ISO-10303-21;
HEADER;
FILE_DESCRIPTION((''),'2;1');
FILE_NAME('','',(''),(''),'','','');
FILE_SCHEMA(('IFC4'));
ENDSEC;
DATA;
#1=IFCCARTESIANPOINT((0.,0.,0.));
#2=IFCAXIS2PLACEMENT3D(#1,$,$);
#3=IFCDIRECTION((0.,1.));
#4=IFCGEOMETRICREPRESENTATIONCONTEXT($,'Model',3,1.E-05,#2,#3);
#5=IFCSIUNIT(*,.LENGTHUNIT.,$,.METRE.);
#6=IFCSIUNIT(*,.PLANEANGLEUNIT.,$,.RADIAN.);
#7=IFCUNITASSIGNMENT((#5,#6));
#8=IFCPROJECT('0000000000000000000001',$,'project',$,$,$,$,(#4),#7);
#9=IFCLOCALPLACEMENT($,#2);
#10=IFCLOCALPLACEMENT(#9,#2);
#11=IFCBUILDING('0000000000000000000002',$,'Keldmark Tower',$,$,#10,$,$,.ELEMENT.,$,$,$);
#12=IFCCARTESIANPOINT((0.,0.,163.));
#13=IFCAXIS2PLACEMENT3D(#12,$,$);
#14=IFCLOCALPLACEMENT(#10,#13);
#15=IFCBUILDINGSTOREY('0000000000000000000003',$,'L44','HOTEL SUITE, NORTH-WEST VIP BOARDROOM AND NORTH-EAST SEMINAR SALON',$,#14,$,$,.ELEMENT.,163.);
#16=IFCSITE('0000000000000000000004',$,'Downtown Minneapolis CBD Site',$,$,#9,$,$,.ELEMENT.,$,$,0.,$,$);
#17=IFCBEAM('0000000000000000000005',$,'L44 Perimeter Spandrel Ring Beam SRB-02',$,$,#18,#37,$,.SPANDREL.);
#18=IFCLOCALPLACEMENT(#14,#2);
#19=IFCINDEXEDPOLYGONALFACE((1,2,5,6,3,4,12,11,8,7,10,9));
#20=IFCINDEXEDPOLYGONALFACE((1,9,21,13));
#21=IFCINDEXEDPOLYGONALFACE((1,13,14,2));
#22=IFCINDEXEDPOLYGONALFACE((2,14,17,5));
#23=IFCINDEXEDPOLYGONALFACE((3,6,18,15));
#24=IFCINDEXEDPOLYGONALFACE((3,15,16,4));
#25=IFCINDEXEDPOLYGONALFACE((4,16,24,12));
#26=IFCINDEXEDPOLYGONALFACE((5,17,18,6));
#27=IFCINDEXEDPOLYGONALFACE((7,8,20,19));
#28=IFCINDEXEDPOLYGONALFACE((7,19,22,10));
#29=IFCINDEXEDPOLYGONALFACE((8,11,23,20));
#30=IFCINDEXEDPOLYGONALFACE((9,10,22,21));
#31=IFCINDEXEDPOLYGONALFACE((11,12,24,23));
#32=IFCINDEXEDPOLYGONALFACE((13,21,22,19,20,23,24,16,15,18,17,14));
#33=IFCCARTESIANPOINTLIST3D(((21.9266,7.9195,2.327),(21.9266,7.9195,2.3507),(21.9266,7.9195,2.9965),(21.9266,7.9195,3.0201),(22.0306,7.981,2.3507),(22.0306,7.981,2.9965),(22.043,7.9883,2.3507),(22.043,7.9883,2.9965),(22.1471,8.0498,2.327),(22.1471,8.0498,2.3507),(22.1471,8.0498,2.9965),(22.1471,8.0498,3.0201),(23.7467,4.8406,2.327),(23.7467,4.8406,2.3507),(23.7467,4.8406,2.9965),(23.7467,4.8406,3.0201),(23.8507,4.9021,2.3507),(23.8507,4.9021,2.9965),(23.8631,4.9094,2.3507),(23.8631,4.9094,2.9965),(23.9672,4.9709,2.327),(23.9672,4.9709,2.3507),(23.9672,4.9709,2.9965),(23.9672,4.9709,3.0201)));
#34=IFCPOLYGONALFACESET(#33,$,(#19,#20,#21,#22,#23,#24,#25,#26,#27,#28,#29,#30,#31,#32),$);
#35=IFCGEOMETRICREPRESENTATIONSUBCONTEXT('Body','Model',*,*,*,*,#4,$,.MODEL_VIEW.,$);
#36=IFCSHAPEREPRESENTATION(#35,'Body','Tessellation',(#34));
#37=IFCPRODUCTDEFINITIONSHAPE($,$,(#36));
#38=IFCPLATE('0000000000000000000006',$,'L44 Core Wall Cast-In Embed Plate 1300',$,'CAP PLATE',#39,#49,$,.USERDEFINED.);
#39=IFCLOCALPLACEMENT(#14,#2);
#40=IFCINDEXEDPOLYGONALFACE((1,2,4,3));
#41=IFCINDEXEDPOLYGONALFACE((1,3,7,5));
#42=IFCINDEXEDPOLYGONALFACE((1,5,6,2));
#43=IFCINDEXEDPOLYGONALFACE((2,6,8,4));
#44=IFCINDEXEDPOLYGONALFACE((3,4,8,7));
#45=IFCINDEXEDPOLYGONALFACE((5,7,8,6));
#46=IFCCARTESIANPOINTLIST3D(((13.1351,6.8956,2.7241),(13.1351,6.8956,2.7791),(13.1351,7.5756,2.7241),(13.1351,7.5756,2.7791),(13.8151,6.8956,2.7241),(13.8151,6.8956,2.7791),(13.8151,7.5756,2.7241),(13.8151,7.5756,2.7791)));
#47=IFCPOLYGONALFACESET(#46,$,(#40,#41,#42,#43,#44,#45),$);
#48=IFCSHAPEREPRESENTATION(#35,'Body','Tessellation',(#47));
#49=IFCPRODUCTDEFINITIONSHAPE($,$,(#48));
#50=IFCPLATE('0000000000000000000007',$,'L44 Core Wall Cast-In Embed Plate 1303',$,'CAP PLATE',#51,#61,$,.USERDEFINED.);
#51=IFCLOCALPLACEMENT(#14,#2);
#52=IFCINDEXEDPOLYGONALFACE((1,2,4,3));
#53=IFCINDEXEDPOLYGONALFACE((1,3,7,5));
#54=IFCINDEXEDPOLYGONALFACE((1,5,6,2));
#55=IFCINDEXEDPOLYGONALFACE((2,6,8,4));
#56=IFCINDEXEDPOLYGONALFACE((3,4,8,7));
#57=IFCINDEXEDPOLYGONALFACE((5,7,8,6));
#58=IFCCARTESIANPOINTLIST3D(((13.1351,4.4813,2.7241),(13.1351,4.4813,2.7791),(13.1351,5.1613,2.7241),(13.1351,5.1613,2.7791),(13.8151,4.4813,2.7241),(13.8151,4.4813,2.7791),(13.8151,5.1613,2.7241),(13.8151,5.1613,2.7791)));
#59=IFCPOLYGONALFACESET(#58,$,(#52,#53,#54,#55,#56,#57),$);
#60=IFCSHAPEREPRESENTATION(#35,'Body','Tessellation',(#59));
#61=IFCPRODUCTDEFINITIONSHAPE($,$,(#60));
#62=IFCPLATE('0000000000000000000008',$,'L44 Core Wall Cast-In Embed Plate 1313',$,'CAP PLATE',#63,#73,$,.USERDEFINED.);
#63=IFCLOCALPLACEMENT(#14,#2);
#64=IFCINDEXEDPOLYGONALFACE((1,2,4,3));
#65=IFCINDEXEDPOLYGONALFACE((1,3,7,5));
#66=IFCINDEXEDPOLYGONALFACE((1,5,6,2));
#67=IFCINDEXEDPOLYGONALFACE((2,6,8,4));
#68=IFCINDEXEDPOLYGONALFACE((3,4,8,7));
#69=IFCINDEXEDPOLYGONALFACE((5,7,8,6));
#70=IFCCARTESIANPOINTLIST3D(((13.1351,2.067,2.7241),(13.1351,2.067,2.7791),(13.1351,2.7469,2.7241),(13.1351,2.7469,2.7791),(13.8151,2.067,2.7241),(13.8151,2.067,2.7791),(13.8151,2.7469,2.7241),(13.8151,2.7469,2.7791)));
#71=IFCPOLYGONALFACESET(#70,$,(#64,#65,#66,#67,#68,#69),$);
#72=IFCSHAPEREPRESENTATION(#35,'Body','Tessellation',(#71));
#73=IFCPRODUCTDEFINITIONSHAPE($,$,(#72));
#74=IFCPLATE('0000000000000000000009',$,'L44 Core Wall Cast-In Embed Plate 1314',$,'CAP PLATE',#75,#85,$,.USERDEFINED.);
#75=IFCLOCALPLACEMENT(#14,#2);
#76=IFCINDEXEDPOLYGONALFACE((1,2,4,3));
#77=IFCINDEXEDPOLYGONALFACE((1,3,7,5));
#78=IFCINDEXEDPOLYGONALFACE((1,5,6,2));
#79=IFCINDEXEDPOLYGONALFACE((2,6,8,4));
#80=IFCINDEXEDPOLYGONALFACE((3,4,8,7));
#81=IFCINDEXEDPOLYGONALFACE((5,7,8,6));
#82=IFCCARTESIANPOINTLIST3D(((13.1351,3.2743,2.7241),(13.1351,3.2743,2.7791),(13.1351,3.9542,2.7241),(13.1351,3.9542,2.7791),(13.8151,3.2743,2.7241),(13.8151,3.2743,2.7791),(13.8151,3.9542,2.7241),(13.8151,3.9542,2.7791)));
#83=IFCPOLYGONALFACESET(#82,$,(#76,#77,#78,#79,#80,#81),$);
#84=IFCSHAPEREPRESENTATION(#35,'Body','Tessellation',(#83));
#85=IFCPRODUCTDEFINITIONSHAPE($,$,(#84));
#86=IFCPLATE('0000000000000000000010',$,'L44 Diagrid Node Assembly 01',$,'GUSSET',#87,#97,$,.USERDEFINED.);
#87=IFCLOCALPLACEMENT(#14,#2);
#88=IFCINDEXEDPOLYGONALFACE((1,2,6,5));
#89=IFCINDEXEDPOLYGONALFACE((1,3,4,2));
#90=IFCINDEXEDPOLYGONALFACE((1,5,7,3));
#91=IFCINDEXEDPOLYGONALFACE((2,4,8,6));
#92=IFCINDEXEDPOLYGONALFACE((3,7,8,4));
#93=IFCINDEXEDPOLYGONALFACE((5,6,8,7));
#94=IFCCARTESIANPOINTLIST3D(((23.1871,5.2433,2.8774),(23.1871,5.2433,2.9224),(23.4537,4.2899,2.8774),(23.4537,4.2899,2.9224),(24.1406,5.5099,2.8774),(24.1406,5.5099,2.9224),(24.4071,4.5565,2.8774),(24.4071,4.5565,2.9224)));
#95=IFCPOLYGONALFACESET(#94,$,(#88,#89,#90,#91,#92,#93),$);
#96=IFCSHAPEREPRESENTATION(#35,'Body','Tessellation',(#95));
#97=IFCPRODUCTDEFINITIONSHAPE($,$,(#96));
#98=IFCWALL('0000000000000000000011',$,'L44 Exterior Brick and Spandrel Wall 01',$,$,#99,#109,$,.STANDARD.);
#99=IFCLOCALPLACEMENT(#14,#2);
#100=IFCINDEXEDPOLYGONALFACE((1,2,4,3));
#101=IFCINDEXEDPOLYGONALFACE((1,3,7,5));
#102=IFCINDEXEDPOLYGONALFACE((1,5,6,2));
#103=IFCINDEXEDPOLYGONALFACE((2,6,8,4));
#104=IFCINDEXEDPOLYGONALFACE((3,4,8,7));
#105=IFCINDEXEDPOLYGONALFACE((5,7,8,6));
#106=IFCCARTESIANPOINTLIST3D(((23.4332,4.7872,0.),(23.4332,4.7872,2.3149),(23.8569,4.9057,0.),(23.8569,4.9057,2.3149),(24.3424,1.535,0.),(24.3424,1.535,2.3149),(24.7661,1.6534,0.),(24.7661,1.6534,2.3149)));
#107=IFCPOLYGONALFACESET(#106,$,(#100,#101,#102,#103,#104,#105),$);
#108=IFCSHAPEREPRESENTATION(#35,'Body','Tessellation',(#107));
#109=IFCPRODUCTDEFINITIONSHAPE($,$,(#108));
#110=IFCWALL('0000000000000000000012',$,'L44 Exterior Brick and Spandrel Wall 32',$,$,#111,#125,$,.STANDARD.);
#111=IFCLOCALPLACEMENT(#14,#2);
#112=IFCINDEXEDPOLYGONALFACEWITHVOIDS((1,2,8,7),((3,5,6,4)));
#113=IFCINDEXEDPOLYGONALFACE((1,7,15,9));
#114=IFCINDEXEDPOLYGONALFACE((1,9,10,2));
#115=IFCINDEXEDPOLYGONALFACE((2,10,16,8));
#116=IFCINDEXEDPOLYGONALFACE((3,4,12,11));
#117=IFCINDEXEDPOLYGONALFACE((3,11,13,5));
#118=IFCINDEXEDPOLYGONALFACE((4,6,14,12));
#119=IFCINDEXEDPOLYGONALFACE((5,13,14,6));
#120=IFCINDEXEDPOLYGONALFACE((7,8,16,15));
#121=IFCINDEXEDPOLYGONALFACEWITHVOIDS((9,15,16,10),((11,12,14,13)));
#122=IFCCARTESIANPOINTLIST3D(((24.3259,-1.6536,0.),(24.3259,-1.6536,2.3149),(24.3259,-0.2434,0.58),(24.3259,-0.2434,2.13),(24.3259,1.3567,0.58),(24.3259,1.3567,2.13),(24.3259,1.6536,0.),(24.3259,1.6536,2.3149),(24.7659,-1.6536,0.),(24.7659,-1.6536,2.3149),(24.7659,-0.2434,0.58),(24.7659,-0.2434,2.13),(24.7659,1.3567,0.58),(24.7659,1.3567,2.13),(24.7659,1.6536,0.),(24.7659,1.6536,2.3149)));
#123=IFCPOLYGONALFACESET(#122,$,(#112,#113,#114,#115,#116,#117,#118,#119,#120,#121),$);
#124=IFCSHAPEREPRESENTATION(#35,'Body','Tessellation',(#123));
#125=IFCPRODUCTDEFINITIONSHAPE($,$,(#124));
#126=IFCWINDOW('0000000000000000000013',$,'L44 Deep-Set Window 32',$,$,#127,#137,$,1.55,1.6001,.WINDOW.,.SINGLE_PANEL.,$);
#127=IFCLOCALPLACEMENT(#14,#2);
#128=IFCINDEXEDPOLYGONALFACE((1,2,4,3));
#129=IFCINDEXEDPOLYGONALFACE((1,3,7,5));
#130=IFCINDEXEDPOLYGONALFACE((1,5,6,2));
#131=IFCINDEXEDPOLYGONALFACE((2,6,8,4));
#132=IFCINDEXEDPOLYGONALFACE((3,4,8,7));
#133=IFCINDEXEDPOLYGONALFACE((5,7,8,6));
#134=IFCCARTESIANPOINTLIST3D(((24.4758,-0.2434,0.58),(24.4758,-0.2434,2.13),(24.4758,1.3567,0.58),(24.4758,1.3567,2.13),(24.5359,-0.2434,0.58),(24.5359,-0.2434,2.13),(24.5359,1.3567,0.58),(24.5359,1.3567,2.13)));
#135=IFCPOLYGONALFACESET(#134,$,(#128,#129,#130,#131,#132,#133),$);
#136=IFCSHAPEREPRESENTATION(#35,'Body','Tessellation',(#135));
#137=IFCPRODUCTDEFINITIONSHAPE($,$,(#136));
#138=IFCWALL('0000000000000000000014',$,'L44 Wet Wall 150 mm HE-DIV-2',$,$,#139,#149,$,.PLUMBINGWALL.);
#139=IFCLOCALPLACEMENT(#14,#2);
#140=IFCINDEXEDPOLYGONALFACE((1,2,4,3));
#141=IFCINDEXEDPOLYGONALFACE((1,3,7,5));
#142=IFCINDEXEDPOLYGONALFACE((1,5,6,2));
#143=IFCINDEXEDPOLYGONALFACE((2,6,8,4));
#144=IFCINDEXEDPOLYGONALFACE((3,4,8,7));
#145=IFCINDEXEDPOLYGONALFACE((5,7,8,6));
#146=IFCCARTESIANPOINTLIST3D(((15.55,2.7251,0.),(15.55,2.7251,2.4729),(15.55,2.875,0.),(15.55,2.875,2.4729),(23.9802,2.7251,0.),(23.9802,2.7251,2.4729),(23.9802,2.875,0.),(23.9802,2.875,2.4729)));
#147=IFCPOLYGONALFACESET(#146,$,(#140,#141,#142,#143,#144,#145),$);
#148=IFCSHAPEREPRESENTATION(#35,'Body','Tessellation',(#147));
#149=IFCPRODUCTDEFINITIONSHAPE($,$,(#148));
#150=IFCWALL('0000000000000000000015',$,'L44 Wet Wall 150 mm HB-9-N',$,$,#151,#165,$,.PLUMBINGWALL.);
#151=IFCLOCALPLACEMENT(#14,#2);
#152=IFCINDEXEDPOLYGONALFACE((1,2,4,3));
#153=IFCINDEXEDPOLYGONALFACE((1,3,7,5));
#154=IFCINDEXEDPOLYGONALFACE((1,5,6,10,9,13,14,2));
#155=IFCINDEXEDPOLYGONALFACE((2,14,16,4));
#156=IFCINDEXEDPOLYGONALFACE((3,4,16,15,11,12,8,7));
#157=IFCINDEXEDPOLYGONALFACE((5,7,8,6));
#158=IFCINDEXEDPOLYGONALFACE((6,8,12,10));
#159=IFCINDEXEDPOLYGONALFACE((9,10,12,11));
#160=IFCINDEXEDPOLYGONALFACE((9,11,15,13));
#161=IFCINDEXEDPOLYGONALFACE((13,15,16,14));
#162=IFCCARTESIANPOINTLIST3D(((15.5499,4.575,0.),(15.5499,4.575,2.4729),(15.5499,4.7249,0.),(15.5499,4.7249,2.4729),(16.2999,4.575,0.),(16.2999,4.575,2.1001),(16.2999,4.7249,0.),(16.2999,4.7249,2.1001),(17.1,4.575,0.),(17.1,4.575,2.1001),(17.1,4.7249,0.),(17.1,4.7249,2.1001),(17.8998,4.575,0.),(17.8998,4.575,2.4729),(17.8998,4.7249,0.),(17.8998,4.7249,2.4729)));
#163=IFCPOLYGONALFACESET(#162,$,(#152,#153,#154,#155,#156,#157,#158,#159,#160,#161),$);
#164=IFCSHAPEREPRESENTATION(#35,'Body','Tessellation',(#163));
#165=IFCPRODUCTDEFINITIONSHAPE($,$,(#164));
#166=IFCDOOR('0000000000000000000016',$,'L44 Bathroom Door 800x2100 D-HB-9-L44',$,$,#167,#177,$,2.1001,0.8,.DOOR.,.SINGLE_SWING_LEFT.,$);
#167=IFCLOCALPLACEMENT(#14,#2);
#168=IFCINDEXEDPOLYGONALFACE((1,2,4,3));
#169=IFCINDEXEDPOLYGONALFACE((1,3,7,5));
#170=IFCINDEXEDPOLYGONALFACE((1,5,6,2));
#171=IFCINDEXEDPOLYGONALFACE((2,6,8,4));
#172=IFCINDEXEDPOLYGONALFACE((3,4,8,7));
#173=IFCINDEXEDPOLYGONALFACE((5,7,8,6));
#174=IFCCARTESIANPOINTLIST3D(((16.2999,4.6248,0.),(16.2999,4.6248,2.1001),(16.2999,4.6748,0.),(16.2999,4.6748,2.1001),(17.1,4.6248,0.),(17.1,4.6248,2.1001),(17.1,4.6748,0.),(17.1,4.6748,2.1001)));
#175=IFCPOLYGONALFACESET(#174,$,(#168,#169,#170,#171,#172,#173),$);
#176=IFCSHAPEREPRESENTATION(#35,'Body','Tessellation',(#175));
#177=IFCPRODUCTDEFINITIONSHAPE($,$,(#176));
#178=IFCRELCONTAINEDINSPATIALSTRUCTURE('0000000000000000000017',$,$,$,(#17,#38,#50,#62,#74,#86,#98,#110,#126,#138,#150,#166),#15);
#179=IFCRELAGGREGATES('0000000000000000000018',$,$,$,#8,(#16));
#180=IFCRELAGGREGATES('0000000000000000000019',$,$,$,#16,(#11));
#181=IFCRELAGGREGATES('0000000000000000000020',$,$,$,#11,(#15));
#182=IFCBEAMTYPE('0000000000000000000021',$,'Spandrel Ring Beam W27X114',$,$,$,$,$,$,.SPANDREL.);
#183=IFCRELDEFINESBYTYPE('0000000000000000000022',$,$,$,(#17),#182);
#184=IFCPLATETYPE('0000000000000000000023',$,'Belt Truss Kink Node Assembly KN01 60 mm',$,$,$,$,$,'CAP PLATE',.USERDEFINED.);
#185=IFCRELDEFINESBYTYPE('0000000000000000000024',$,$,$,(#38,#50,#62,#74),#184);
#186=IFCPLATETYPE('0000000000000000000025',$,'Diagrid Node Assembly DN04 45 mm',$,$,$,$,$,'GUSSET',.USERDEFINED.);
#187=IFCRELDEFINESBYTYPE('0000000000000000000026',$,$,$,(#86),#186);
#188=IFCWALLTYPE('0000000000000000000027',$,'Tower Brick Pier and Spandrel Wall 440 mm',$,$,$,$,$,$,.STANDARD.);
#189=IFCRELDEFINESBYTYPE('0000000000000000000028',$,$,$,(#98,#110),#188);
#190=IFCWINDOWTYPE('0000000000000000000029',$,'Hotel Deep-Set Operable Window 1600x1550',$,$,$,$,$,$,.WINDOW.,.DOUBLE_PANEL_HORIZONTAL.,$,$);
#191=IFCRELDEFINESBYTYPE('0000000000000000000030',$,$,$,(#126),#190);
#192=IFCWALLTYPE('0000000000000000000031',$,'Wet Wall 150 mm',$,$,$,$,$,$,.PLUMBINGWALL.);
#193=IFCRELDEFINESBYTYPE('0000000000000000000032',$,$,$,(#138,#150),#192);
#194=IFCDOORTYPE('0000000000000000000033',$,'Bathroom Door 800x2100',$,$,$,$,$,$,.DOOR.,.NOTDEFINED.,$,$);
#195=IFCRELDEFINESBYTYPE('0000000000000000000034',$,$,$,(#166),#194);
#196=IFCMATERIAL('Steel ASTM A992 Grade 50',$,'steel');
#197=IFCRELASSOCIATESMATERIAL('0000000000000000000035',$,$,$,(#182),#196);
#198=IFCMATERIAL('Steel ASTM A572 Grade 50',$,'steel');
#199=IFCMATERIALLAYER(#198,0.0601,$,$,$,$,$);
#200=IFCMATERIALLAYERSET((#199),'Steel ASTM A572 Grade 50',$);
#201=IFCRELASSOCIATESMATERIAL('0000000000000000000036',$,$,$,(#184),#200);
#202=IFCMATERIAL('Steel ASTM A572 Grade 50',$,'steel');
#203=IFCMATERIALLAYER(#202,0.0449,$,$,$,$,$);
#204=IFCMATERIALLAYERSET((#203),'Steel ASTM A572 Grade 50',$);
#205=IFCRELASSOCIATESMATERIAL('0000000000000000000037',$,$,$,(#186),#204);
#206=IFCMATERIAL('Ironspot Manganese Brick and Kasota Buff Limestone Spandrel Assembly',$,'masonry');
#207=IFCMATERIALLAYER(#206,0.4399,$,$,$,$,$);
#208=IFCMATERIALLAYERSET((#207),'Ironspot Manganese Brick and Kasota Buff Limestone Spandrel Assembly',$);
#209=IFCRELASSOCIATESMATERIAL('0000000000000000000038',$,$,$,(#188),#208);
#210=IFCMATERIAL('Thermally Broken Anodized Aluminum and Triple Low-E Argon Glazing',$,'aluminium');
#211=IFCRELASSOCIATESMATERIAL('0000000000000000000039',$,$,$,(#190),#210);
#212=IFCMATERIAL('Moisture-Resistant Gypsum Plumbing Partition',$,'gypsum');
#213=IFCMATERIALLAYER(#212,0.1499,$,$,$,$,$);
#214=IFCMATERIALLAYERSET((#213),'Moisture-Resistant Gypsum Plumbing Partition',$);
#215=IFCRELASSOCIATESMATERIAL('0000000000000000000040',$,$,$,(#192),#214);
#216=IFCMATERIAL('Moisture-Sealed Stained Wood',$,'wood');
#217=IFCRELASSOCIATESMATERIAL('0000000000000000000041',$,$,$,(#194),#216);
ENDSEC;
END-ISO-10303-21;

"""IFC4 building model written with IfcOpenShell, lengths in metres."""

from ifc_helpers import new_model, si_unit, direction, frame, frame_2d, origin, origin_2d, place, context, subcontext, project, spatial, rectangle, i_section, extrude, material, layer, layer_set, material_profile, profile_set, type_object, element, fill, save


model = new_model("IFC4")

# Units and contexts
model_context = context("Model", 3, precision=1e-05, world=origin(), true_north=direction((0.0, 1.0)))
body_context = subcontext(model_context, "Body", "Model", "MODEL_VIEW")
ifc_project = project(units=[si_unit("LENGTHUNIT", "METRE"), si_unit("PLANEANGLEUNIT", "RADIAN")], contexts=[model_context])

# Site, building, storey
site_placement = place(None, origin())
site = spatial("IfcSite", under=ifc_project, at=site_placement, Name="Downtown Minneapolis CBD Site", CompositionType="ELEMENT", RefElevation=0.0)
building_placement = place(site_placement, origin())
building = spatial("IfcBuilding", under=site, at=building_placement, Name="Keldmark Tower", CompositionType="ELEMENT")
storey_placement = place(building_placement, frame((0.0, 0.0, 163.0)))
storey = spatial("IfcBuildingStorey", under=building, at=storey_placement, Name="L44", Description="HOTEL SUITE, NORTH-WEST VIP BOARDROOM AND NORTH-EAST SEMINAR SALON", CompositionType="ELEMENT", Elevation=163.0)

# Beam
ifc_material_1 = material(Name="Steel ASTM A992 Grade 50", Category="steel")
ifc_material_profile_1 = material_profile(ifc_material_1, i_section(OverallWidth=0.2561, OverallDepth=0.6931, WebThickness=0.0144, FlangeThickness=0.0237, at=origin_2d()), Name="W27X114")
ifc_profile_set_1 = profile_set([ifc_material_profile_1], Name="Steel ASTM A992 Grade 50")
beam_type_1 = type_object("IfcBeamType", Name="Spandrel Ring Beam W27X114", PredefinedType="SPANDREL", material=ifc_profile_set_1)
beam_1_placement = place(storey_placement, frame((23.8569, 4.9058, 2.6736), z_axis=(-0.508883, 0.860835, 0.0), x_axis=(-0.860835, -0.508883, 0.0)))
element("IfcBeam", 1, at=beam_1_placement, inside=storey, type_object=beam_type_1, Name="L44 Perimeter Spandrel Ring Beam SRB-02", PredefinedType="SPANDREL", context=body_context, shape_type="SweptSolid", body=[
    extrude(i_section(OverallWidth=0.2561, OverallDepth=0.6931, WebThickness=0.0144, FlangeThickness=0.0237, at=origin_2d()), origin(), (0.0, 0.0, 1.0), 3.5767),
])

# Plates
ifc_material_2 = material(Name="Steel ASTM A572 Grade 50", Category="steel")
ifc_layer_1 = layer(ifc_material_2, 0.0601)
ifc_layer_set_1 = layer_set([ifc_layer_1], Name="Steel ASTM A572 Grade 50")
plate_type_1 = type_object("IfcPlateType", Name="Belt Truss Kink Node Assembly KN01 60 mm", ElementType="CAP PLATE", PredefinedType="USERDEFINED", material=ifc_layer_set_1)
for number, where, z_axis, x_axis, name in (
    (2, (13.4751, 7.2356, 2.7241), (0.0, 0.0, 1.0), (1.0, 0.0, 0.0), "L44 Core Wall Cast-In Embed Plate 1300"),
    (3, (13.4751, 4.8213, 2.7241), (0.0, 0.0, 1.0), (1.0, 0.0, 0.0), "L44 Core Wall Cast-In Embed Plate 1303"),
    (4, (13.4751, 2.407, 2.7241), (0.0, 0.0, 1.0), (1.0, 0.0, 0.0), "L44 Core Wall Cast-In Embed Plate 1313"),
    (5, (13.4751, 3.6143, 2.7241), (0.0, 0.0, 1.0), (1.0, 0.0, 0.0), "L44 Core Wall Cast-In Embed Plate 1314"),
):
    element("IfcPlate", number, at=place(storey_placement, frame(where, z_axis=z_axis, x_axis=x_axis)), inside=storey, type_object=plate_type_1, Name=name, ObjectType="CAP PLATE", PredefinedType="USERDEFINED", context=body_context, shape_type="SweptSolid", body=[
        extrude(rectangle(XDim=0.6799, YDim=0.6799, at=origin_2d()), origin(), (0.0, 0.0, 1.0), 0.0549),
    ])
ifc_material_3 = material(Name="Steel ASTM A572 Grade 50", Category="steel")
ifc_layer_2 = layer(ifc_material_3, 0.0449)
ifc_layer_set_2 = layer_set([ifc_layer_2], Name="Steel ASTM A572 Grade 50")
plate_type_2 = type_object("IfcPlateType", Name="Diagrid Node Assembly DN04 45 mm", ElementType="GUSSET", PredefinedType="USERDEFINED", material=ifc_layer_set_2)
plate_placement = place(storey_placement, frame((23.7971, 4.8999, 2.8774), z_axis=(0.0, 0.0, 1.0), x_axis=(-0.269256, 0.963069, 0.0)))
element("IfcPlate", 6, at=plate_placement, inside=storey, type_object=plate_type_2, Name="L44 Diagrid Node Assembly 01", ObjectType="GUSSET", PredefinedType="USERDEFINED", context=body_context, shape_type="SweptSolid", body=[
    extrude(rectangle(XDim=0.99, YDim=0.99, at=origin_2d()), origin(), (0.0, 0.0, 1.0), 0.0449),
])

# Wall
ifc_material_4 = material(Name="Ironspot Manganese Brick and Kasota Buff Limestone Spandrel Assembly", Category="masonry")
ifc_layer_3 = layer(ifc_material_4, 0.4399)
ifc_layer_set_3 = layer_set([ifc_layer_3], Name="Ironspot Manganese Brick and Kasota Buff Limestone Spandrel Assembly")
wall_type_1 = type_object("IfcWallType", Name="Tower Brick Pier and Spandrel Wall 440 mm", PredefinedType="STANDARD", material=ifc_layer_set_3)
wall_1_placement = place(storey_placement, frame((23.645, 4.8464, 0.0), z_axis=(0.0, 0.0, 1.0), x_axis=(0.269236, -0.963074, 0.0)))
element("IfcWall", 7, at=wall_1_placement, inside=storey, type_object=wall_type_1, Name="L44 Exterior Brick and Spandrel Wall 01", PredefinedType="STANDARD", context=body_context, shape_type="SweptSolid", body=[
    extrude(rectangle(XDim=3.377, YDim=0.4399, at=frame_2d((1.6885, 0.0))), origin(), (0.0, 0.0, 1.0), 2.3149),
])

# Wall, opening, window
wall_2_placement = place(storey_placement, frame((24.5459, 1.6536, 0.0), z_axis=(0.0, 0.0, 1.0), x_axis=(0.0, -1.0, 0.0)))
wall_2 = element("IfcWall", 8, at=wall_2_placement, inside=storey, type_object=wall_type_1, Name="L44 Exterior Brick and Spandrel Wall 32", PredefinedType="STANDARD", context=body_context, shape_type="SweptSolid", body=[
    extrude(rectangle(XDim=3.3071, YDim=0.4399, at=frame_2d((1.6536, 0.0))), origin(), (0.0, 0.0, 1.0), 2.3149),
])
opening_1_placement = place(wall_2_placement, frame((0.2969, 0.0, 0.5801)))
opening_1 = element("IfcOpeningElement", 9, at=opening_1_placement, cuts=wall_2, PredefinedType="OPENING", context=body_context, shape_type="SweptSolid", body=[
    extrude(rectangle(XDim=1.6001, YDim=1.55, at=frame_2d((0.8, 0.7749))), frame((0.0, 0.23, 0.0), z_axis=(0.0, -1.0, 0.0), x_axis=(1.0, 0.0, 0.0)), (0.0, 0.0, 1.0), 0.46),
])
ifc_material_5 = material(Name="Thermally Broken Anodized Aluminum and Triple Low-E Argon Glazing", Category="aluminium")
window_type = type_object("IfcWindowType", Name="Hotel Deep-Set Operable Window 1600x1550", PartitioningType="DOUBLE_PANEL_HORIZONTAL", PredefinedType="WINDOW", material=ifc_material_5)
window_placement = place(opening_1_placement, origin())
window = element("IfcWindow", 10, at=window_placement, inside=storey, type_object=window_type, Name="L44 Deep-Set Window 32", OverallHeight=1.55, OverallWidth=1.6001, PartitioningType="SINGLE_PANEL", PredefinedType="WINDOW", context=body_context, shape_type="SweptSolid", body=[
    extrude(rectangle(XDim=1.6001, YDim=1.55, at=frame_2d((0.8, 0.7749))), frame((0.0, -0.01, 0.0), z_axis=(0.0, -1.0, 0.0), x_axis=(1.0, 0.0, 0.0)), (0.0, 0.0, 1.0), 0.0601),
])
fill(opening_1, window)

# Wall
ifc_material_6 = material(Name="Moisture-Resistant Gypsum Plumbing Partition", Category="gypsum")
ifc_layer_4 = layer(ifc_material_6, 0.1499)
ifc_layer_set_4 = layer_set([ifc_layer_4], Name="Moisture-Resistant Gypsum Plumbing Partition")
wall_type_2 = type_object("IfcWallType", Name="Wet Wall 150 mm", PredefinedType="PLUMBINGWALL", material=ifc_layer_set_4)
wall_3_placement = place(storey_placement, frame((15.55, 2.8, 0.0), z_axis=(0.0, 0.0, 1.0), x_axis=(1.0, 0.0, 0.0)))
element("IfcWall", 11, at=wall_3_placement, inside=storey, type_object=wall_type_2, Name="L44 Wet Wall 150 mm HE-DIV-2", PredefinedType="PLUMBINGWALL", context=body_context, shape_type="SweptSolid", body=[
    extrude(rectangle(XDim=8.4302, YDim=0.1499, at=frame_2d((4.2151, 0.0))), origin(), (0.0, 0.0, 1.0), 2.4729),
])

# Wall, opening, door
wall_4_placement = place(storey_placement, frame((15.55, 4.6499, 0.0), z_axis=(0.0, 0.0, 1.0), x_axis=(1.0, 0.0, 0.0)))
wall_4 = element("IfcWall", 12, at=wall_4_placement, inside=storey, type_object=wall_type_2, Name="L44 Wet Wall 150 mm HB-9-N", PredefinedType="PLUMBINGWALL", context=body_context, shape_type="SweptSolid", body=[
    extrude(rectangle(XDim=2.3499, YDim=0.1499, at=frame_2d((1.1748, 0.0))), origin(), (0.0, 0.0, 1.0), 2.4729),
])
opening_2_placement = place(wall_4_placement, frame((0.75, 0.0, 0.0)))
opening_2 = element("IfcOpeningElement", 13, at=opening_2_placement, cuts=wall_4, PredefinedType="OPENING", context=body_context, shape_type="SweptSolid", body=[
    extrude(rectangle(XDim=0.8, YDim=2.1001, at=frame_2d((0.3999, 1.05))), frame((0.0, 0.085, 0.0), z_axis=(0.0, -1.0, 0.0), x_axis=(1.0, 0.0, 0.0)), (0.0, 0.0, 1.0), 0.1699),
])
ifc_material_7 = material(Name="Moisture-Sealed Stained Wood", Category="wood")
door_type_1 = type_object("IfcDoorType", Name="Bathroom Door 800x2100", OperationType="NOTDEFINED", PredefinedType="DOOR", material=ifc_material_7)
door_1_placement = place(opening_2_placement, origin())
door_1 = element("IfcDoor", 14, at=door_1_placement, inside=storey, type_object=door_type_1, Name="L44 Bathroom Door 800x2100 D-HB-9-L44", OperationType="SINGLE_SWING_LEFT", OverallHeight=2.1001, OverallWidth=0.8, PredefinedType="DOOR", context=body_context, shape_type="SweptSolid", body=[
    extrude(rectangle(XDim=0.8, YDim=2.1001, at=frame_2d((0.3999, 1.05))), frame((0.0, 0.0249, 0.0), z_axis=(0.0, -1.0, 0.0), x_axis=(1.0, 0.0, 0.0)), (0.0, 0.0, 1.0), 0.05),
])
fill(opening_2, door_1)

save(model, "model.ifc")
